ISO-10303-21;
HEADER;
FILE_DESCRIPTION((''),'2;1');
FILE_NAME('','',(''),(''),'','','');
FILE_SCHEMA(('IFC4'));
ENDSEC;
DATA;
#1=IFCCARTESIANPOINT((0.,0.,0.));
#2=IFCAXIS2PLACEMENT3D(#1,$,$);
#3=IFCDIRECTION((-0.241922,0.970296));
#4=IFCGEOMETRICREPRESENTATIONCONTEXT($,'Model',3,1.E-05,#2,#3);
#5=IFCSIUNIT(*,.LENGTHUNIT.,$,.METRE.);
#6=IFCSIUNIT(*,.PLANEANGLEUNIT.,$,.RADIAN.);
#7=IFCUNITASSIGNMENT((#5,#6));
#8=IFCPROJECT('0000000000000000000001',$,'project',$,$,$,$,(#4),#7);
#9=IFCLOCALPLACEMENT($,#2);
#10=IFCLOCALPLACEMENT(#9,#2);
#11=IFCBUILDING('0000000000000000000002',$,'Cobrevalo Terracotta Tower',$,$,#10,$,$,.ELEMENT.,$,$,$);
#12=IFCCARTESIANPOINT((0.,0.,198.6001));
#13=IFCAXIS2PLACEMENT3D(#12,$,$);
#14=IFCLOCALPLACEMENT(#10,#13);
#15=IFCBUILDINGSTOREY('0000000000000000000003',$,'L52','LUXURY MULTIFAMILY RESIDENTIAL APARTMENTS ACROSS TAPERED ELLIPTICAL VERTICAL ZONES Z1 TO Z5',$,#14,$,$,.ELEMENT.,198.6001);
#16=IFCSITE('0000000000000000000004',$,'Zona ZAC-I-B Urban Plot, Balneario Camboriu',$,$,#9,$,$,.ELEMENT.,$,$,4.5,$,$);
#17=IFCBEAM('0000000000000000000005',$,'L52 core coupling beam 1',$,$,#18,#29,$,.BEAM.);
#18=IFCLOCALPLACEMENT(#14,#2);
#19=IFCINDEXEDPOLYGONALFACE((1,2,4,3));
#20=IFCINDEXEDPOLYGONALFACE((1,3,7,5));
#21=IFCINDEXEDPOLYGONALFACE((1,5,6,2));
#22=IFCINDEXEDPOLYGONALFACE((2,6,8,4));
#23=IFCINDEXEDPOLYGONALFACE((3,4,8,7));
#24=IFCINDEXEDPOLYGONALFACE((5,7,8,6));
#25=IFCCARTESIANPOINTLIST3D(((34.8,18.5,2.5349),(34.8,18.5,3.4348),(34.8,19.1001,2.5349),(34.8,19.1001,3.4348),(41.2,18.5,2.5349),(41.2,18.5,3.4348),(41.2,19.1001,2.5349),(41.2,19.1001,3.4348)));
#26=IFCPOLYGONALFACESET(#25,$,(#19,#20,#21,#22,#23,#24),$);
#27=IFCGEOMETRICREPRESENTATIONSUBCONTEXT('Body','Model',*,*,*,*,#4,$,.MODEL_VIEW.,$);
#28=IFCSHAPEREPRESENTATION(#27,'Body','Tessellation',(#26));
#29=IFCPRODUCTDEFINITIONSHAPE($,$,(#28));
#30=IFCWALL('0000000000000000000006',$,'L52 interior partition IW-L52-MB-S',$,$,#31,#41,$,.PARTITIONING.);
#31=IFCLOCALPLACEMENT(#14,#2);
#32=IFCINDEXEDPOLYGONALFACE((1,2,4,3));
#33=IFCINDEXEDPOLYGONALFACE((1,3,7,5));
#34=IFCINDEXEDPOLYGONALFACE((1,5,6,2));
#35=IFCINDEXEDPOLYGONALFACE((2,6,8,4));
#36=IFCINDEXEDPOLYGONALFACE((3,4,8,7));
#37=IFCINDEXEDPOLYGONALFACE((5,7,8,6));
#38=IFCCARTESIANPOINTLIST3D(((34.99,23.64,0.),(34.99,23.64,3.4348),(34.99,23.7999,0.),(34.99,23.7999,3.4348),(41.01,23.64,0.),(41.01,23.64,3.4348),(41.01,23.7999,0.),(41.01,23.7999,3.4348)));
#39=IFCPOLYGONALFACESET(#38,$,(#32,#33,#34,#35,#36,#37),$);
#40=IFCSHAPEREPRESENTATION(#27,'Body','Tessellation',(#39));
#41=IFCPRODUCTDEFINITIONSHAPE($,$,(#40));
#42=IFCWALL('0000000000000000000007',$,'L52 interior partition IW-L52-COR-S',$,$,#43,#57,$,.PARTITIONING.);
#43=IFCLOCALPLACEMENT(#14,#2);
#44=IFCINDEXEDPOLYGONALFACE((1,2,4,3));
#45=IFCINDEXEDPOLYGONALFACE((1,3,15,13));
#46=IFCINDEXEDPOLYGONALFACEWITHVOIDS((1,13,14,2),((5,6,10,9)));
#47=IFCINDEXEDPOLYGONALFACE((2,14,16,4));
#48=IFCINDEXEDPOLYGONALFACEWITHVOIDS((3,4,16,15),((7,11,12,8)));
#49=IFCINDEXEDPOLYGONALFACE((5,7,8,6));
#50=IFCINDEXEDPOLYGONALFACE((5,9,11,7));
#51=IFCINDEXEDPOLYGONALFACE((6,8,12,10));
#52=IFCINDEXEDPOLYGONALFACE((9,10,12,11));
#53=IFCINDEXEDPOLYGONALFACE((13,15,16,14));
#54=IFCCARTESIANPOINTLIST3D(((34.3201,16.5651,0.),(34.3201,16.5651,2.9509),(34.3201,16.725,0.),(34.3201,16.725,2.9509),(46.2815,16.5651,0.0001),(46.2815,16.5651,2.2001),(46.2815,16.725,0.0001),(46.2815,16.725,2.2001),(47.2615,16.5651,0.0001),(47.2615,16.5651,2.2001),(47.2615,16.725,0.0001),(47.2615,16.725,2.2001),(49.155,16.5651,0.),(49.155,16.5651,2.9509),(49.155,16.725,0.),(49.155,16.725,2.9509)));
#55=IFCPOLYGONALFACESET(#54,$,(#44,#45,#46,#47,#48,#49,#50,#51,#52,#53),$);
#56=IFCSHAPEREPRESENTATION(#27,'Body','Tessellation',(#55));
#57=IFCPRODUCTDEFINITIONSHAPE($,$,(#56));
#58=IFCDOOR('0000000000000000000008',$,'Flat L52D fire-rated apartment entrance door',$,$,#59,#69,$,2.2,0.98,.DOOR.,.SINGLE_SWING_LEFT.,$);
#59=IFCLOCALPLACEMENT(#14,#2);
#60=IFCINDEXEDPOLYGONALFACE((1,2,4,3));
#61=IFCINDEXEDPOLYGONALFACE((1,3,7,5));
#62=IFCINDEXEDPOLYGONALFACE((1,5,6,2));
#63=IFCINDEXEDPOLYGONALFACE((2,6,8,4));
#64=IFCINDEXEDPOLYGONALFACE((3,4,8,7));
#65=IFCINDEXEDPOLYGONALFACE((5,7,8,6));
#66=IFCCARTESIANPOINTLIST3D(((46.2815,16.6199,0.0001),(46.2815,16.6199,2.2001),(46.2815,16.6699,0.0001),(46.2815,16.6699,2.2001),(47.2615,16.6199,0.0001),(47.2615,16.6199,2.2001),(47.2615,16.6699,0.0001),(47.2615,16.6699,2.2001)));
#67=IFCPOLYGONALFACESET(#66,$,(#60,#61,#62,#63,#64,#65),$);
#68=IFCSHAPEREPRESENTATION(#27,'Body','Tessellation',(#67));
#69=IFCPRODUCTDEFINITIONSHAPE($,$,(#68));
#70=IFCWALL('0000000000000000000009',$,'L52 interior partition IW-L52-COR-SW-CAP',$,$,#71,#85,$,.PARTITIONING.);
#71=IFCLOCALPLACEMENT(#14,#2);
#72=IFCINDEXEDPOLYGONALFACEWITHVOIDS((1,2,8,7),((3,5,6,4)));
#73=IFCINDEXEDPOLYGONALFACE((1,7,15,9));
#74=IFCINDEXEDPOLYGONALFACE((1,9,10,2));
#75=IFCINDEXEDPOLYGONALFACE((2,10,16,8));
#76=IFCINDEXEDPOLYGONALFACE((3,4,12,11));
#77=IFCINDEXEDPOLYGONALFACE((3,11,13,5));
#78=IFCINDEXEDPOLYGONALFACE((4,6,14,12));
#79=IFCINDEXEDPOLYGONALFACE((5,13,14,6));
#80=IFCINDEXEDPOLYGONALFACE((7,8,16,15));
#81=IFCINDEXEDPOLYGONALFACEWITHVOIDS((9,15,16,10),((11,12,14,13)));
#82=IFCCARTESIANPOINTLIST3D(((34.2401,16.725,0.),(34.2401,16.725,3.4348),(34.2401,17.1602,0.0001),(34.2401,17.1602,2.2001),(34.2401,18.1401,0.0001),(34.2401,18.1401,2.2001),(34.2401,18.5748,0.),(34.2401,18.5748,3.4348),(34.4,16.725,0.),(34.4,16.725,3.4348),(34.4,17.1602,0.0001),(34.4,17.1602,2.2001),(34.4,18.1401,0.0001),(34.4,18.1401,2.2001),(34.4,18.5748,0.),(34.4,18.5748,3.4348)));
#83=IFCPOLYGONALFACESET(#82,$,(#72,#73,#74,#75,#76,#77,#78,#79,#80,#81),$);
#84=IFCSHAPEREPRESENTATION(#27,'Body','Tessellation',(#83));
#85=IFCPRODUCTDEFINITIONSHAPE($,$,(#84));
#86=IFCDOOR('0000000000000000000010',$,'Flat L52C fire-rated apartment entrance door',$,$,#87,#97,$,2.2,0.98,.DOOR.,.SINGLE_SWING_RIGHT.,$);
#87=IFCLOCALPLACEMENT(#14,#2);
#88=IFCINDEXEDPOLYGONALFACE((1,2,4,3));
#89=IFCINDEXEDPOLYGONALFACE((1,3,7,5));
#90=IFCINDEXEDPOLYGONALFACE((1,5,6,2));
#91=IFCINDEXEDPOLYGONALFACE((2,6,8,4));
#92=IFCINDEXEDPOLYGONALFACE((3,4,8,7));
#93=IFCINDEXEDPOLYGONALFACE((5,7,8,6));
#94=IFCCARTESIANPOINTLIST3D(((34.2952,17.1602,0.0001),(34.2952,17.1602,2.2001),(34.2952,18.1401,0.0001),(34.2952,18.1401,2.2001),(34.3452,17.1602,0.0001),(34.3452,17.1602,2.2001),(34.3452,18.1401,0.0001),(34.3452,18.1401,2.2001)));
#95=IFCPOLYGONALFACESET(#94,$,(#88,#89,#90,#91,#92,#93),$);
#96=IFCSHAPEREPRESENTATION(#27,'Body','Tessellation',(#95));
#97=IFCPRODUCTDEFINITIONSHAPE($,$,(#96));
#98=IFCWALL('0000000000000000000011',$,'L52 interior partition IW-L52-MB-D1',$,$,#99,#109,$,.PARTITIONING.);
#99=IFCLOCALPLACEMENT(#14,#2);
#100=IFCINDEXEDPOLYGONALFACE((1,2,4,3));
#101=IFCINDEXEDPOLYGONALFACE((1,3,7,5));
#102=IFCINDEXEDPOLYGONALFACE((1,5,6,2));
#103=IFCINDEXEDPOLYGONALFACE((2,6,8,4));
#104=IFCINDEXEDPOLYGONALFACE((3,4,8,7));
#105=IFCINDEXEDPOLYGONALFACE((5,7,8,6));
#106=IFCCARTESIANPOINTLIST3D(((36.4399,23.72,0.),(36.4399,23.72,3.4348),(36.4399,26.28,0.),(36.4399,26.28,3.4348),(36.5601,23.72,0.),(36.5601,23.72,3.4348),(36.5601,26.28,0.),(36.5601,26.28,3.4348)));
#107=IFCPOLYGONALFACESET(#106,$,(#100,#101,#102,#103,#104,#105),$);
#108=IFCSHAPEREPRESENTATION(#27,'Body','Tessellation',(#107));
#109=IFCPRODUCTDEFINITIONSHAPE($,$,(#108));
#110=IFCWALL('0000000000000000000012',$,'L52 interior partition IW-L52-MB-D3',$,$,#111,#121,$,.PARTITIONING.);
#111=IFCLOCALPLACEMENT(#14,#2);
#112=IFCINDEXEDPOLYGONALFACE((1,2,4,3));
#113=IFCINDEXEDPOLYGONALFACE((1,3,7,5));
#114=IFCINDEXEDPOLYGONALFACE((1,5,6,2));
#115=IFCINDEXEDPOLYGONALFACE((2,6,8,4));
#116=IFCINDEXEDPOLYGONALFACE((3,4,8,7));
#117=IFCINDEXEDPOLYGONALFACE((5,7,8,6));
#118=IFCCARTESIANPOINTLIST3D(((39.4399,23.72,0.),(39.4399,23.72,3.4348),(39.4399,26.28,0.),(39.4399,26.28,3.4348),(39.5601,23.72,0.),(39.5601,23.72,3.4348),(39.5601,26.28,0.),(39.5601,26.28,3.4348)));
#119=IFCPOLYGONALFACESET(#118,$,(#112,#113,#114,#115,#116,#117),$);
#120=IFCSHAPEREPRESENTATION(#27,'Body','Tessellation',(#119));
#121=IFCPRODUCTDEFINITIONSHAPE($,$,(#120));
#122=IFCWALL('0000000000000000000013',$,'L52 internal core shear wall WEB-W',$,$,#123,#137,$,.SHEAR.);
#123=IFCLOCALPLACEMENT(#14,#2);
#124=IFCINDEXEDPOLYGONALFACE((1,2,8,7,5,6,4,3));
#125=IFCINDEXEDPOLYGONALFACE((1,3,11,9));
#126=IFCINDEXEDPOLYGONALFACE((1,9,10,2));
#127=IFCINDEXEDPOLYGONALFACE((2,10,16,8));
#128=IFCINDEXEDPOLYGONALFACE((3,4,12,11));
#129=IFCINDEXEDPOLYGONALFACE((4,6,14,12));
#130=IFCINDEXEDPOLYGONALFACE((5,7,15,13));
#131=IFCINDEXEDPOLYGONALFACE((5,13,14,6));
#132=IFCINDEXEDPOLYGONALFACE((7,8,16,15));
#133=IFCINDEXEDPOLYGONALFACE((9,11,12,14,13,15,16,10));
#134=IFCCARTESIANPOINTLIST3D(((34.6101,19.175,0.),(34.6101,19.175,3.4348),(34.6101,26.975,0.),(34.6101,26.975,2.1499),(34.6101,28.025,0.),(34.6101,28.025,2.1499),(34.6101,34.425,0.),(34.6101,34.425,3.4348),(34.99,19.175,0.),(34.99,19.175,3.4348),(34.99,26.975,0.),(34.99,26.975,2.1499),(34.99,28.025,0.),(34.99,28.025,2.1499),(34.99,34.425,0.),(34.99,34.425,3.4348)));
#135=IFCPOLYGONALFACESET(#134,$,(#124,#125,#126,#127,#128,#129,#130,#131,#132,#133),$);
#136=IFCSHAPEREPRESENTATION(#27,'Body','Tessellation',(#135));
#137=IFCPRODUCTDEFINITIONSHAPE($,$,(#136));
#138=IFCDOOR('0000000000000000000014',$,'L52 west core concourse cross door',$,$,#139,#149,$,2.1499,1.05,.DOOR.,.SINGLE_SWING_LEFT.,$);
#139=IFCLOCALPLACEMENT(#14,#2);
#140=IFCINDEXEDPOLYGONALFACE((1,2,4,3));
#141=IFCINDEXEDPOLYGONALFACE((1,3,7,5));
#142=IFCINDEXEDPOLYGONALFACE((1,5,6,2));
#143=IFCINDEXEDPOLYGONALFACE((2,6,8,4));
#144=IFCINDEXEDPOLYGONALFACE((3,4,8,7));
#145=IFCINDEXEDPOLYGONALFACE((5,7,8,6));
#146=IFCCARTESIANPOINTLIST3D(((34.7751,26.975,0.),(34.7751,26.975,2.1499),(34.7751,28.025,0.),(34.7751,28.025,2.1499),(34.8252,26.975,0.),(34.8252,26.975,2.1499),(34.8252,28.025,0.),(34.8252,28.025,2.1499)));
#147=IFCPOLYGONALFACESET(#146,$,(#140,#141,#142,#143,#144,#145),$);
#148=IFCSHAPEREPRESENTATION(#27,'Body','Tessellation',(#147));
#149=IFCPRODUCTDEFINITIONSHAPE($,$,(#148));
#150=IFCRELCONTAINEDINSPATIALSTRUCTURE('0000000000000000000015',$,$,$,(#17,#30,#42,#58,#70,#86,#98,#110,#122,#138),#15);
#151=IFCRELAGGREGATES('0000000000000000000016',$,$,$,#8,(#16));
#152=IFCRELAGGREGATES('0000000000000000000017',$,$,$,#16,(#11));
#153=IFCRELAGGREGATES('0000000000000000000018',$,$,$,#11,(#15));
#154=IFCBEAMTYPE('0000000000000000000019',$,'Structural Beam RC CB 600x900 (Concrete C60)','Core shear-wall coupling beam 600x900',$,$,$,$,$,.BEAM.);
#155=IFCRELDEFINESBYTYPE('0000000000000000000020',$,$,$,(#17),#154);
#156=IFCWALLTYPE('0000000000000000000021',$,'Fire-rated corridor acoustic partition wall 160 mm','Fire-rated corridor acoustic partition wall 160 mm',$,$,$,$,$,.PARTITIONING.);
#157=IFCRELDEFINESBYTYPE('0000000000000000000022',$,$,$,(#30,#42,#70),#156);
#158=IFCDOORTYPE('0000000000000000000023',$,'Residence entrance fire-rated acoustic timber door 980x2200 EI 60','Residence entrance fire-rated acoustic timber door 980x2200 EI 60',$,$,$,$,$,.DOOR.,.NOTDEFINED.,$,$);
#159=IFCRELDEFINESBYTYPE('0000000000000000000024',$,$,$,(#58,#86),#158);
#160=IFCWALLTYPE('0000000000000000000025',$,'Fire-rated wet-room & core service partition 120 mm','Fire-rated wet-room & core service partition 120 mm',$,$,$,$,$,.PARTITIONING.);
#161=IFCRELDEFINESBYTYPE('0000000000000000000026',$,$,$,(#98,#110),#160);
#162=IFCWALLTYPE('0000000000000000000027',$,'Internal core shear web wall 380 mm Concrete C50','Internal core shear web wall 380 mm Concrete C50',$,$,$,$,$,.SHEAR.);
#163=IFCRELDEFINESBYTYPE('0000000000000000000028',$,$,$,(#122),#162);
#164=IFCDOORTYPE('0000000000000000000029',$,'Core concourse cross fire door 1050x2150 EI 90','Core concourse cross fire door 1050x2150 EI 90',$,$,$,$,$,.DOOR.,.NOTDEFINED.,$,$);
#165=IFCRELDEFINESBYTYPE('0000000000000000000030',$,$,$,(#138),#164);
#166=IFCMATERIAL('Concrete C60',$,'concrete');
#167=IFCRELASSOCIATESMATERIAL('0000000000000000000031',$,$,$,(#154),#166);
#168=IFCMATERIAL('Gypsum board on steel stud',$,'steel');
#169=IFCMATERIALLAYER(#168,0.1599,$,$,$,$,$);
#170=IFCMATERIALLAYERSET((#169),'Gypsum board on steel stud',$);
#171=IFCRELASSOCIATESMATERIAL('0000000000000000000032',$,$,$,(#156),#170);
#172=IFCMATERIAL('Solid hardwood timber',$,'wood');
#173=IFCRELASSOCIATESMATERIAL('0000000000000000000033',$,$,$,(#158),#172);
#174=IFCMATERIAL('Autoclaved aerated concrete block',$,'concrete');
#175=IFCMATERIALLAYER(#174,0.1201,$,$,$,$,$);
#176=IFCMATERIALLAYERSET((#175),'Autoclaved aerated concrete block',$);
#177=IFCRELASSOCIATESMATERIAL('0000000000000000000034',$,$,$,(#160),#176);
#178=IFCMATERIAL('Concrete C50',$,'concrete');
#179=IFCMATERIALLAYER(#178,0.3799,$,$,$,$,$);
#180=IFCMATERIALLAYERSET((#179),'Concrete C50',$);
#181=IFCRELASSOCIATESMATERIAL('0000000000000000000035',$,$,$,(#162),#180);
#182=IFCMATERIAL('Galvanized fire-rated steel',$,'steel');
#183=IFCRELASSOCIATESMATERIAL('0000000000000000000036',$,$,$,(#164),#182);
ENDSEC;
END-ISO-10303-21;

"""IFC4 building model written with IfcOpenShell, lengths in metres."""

from ifc_helpers import new_model, si_unit, direction, frame, frame_2d, origin, origin_2d, place, context, subcontext, project, spatial, rectangle, extrude, source, transform, mapped, material, layer, layer_set, material_profile, profile_set, type_object, element, fill, save


model = new_model("IFC4")

# Units and contexts
model_context = context("Model", 3, precision=1e-05, world=origin(), true_north=direction((-0.241922, 0.970296)))
body_context = subcontext(model_context, "Body", "Model", "MODEL_VIEW")
ifc_project = project(units=[si_unit("LENGTHUNIT", "METRE"), si_unit("PLANEANGLEUNIT", "RADIAN")], contexts=[model_context])

# Site, building, storey
site_placement = place(None, origin())
site = spatial("IfcSite", under=ifc_project, at=site_placement, Name="Zona ZAC-I-B Urban Plot, Balneario Camboriu", CompositionType="ELEMENT", RefElevation=4.5)
building_placement = place(site_placement, origin())
building = spatial("IfcBuilding", under=site, at=building_placement, Name="Cobrevalo Terracotta Tower", CompositionType="ELEMENT")
storey_placement = place(building_placement, frame((0.0, 0.0, 198.6001)))
storey = spatial("IfcBuildingStorey", under=building, at=storey_placement, Name="L52", Description="LUXURY MULTIFAMILY RESIDENTIAL APARTMENTS ACROSS TAPERED ELLIPTICAL VERTICAL ZONES Z1 TO Z5", CompositionType="ELEMENT", Elevation=198.6001)

# Beam
ifc_material_1 = material(Name="Concrete C60", Category="concrete")
ifc_material_profile = material_profile(ifc_material_1, rectangle(XDim=0.6001, YDim=0.8999, at=origin_2d()), Name="RC CB 600x900")
ifc_profile_set = profile_set([ifc_material_profile], Name="Concrete C60")
beam_type = type_object("IfcBeamType", Name="Structural Beam RC CB 600x900 (Concrete C60)", Description="Core shear-wall coupling beam 600x900", PredefinedType="BEAM", material=ifc_profile_set)
beam_placement = place(storey_placement, frame((34.8, 18.8, 2.9849), z_axis=(1.0, 0.0, 0.0), x_axis=(0.0, 1.0, 0.0)))
element("IfcBeam", 1, at=beam_placement, inside=storey, type_object=beam_type, Name="L52 core coupling beam 1", PredefinedType="BEAM", context=body_context, shape_type="SweptSolid", body=[
    extrude(rectangle(XDim=0.6001, YDim=0.8999, at=origin_2d()), origin(), (0.0, 0.0, 1.0), 6.3999),
])

# Wall
ifc_material_2 = material(Name="Gypsum board on steel stud", Category="steel")
ifc_layer_1 = layer(ifc_material_2, 0.1599)
ifc_layer_set_1 = layer_set([ifc_layer_1], Name="Gypsum board on steel stud")
wall_type_1 = type_object("IfcWallType", Name="Fire-rated corridor acoustic partition wall 160 mm", Description="Fire-rated corridor acoustic partition wall 160 mm", PredefinedType="PARTITIONING", material=ifc_layer_set_1)
wall_1_placement = place(storey_placement, frame((34.99, 23.72, 0.0), z_axis=(0.0, 0.0, 1.0), x_axis=(1.0, 0.0, 0.0)))
element("IfcWall", 2, at=wall_1_placement, inside=storey, type_object=wall_type_1, Name="L52 interior partition IW-L52-MB-S", PredefinedType="PARTITIONING", context=body_context, shape_type="SweptSolid", body=[
    extrude(rectangle(XDim=6.02, YDim=0.1599, at=frame_2d((3.01, 0.0))), origin(), (0.0, 0.0, 1.0), 3.4348),
])

# Walls, openings, doors
wall_2_placement = place(storey_placement, frame((34.3201, 16.645, 0.0), z_axis=(0.0, 0.0, 1.0), x_axis=(1.0, 0.0, 0.0)))
wall_2 = element("IfcWall", 3, at=wall_2_placement, inside=storey, type_object=wall_type_1, Name="L52 interior partition IW-L52-COR-S", PredefinedType="PARTITIONING", context=body_context, shape_type="SweptSolid", body=[
    extrude(rectangle(XDim=14.835, YDim=0.1599, at=frame_2d((7.4175, 0.0))), origin(), (0.0, 0.0, 1.0), 2.9509),
])
opening_1_placement = place(wall_2_placement, frame((11.9614, 0.0, 0.0)))
opening_1 = element("IfcOpeningElement", 4, at=opening_1_placement, cuts=wall_2, PredefinedType="OPENING", context=body_context, shape_type="SweptSolid", body=[
    extrude(rectangle(XDim=0.98, YDim=2.2, at=frame_2d((0.49, 1.1001))), frame((0.0, 0.0898, 0.0), z_axis=(0.0, -1.0, 0.0), x_axis=(1.0, 0.0, 0.0)), (0.0, 0.0, 1.0), 0.1799),
])
ifc_material_3 = material(Name="Solid hardwood timber", Category="wood")
door_type_1 = type_object("IfcDoorType", Name="Residence entrance fire-rated acoustic timber door 980x2200 EI 60", Description="Residence entrance fire-rated acoustic timber door 980x2200 EI 60", OperationType="NOTDEFINED", PredefinedType="DOOR", material=ifc_material_3)
shared_shape_1 = source(origin(), body_context, "Body", "SweptSolid", [
    extrude(rectangle(XDim=0.98, YDim=2.2, at=frame_2d((0.49, 1.1001))), frame((0.0, 0.0249, 0.0), z_axis=(0.0, -1.0, 0.0), x_axis=(1.0, 0.0, 0.0)), (0.0, 0.0, 1.0), 0.05),
])
door_1_placement = place(opening_1_placement, origin())
door_1 = element("IfcDoor", 5, at=door_1_placement, inside=storey, type_object=door_type_1, Name="Flat L52D fire-rated apartment entrance door", OperationType="SINGLE_SWING_LEFT", OverallHeight=2.2, OverallWidth=0.98, PredefinedType="DOOR", context=body_context, shape_type="MappedRepresentation", body=[
    mapped(shared_shape_1, transform((0.0, 0.0, 0.0), scale=1.0)),
])
fill(opening_1, door_1)
wall_3_placement = place(storey_placement, frame((34.3201, 16.7251, 0.0), z_axis=(0.0, 0.0, 1.0), x_axis=(0.0, 1.0, 0.0)))
wall_3 = element("IfcWall", 6, at=wall_3_placement, inside=storey, type_object=wall_type_1, Name="L52 interior partition IW-L52-COR-SW-CAP", PredefinedType="PARTITIONING", context=body_context, shape_type="SweptSolid", body=[
    extrude(rectangle(XDim=1.8499, YDim=0.1599, at=frame_2d((0.9248, 0.0))), origin(), (0.0, 0.0, 1.0), 3.4348),
])
opening_2_placement = place(wall_3_placement, frame((0.4351, 0.0, 0.0)))
opening_2 = element("IfcOpeningElement", 7, at=opening_2_placement, cuts=wall_3, PredefinedType="OPENING", context=body_context, shape_type="SweptSolid", body=[
    extrude(rectangle(XDim=0.98, YDim=2.2, at=frame_2d((0.49, 1.1001))), frame((0.0, 0.0898, 0.0), z_axis=(0.0, -1.0, 0.0), x_axis=(1.0, 0.0, 0.0)), (0.0, 0.0, 1.0), 0.1799),
])
door_2_placement = place(opening_2_placement, origin())
door_2 = element("IfcDoor", 8, at=door_2_placement, inside=storey, type_object=door_type_1, Name="Flat L52C fire-rated apartment entrance door", OperationType="SINGLE_SWING_RIGHT", OverallHeight=2.2, OverallWidth=0.98, PredefinedType="DOOR", context=body_context, shape_type="MappedRepresentation", body=[
    mapped(shared_shape_1, transform((0.0, 0.0, 0.0), scale=1.0)),
])
fill(opening_2, door_2)

# Walls
ifc_material_4 = material(Name="Autoclaved aerated concrete block", Category="concrete")
ifc_layer_2 = layer(ifc_material_4, 0.1201)
ifc_layer_set_2 = layer_set([ifc_layer_2], Name="Autoclaved aerated concrete block")
wall_type_2 = type_object("IfcWallType", Name="Fire-rated wet-room & core service partition 120 mm", Description="Fire-rated wet-room & core service partition 120 mm", PredefinedType="PARTITIONING", material=ifc_layer_set_2)
for number, where, z_axis, x_axis, name in (
    (9, (36.5, 23.72, 0.0), (0.0, 0.0, 1.0), (0.0, 1.0, 0.0), "L52 interior partition IW-L52-MB-D1"),
    (10, (39.5, 23.72, 0.0), (0.0, 0.0, 1.0), (0.0, 1.0, 0.0), "L52 interior partition IW-L52-MB-D3"),
):
    element("IfcWall", number, at=place(storey_placement, frame(where, z_axis=z_axis, x_axis=x_axis)), inside=storey, type_object=wall_type_2, Name=name, PredefinedType="PARTITIONING", context=body_context, shape_type="SweptSolid", body=[
        extrude(rectangle(XDim=2.5601, YDim=0.1201, at=frame_2d((1.28, 0.0))), origin(), (0.0, 0.0, 1.0), 3.4348),
    ])

# Wall, opening, door
ifc_material_5 = material(Name="Concrete C50", Category="concrete")
ifc_layer_3 = layer(ifc_material_5, 0.3799)
ifc_layer_set_3 = layer_set([ifc_layer_3], Name="Concrete C50")
wall_type_3 = type_object("IfcWallType", Name="Internal core shear web wall 380 mm Concrete C50", Description="Internal core shear web wall 380 mm Concrete C50", PredefinedType="SHEAR", material=ifc_layer_set_3)
wall_4_placement = place(storey_placement, frame((34.8, 19.175, 0.0), z_axis=(0.0, 0.0, 1.0), x_axis=(0.0, 1.0, 0.0)))
wall_4 = element("IfcWall", 11, at=wall_4_placement, inside=storey, type_object=wall_type_3, Name="L52 internal core shear wall WEB-W", PredefinedType="SHEAR", context=body_context, shape_type="SweptSolid", body=[
    extrude(rectangle(XDim=15.25, YDim=0.3799, at=frame_2d((7.625, 0.0))), origin(), (0.0, 0.0, 1.0), 3.4348),
])
opening_3_placement = place(wall_4_placement, frame((7.8, 0.0, 0.0)))
opening_3 = element("IfcOpeningElement", 12, at=opening_3_placement, cuts=wall_4, PredefinedType="OPENING", context=body_context, shape_type="SweptSolid", body=[
    extrude(rectangle(XDim=1.05, YDim=2.1499, at=frame_2d((0.5249, 1.075))), frame((0.0, 0.2, 0.0), z_axis=(0.0, -1.0, 0.0), x_axis=(1.0, 0.0, 0.0)), (0.0, 0.0, 1.0), 0.3999),
])
ifc_material_6 = material(Name="Galvanized fire-rated steel", Category="steel")
door_type_2 = type_object("IfcDoorType", Name="Core concourse cross fire door 1050x2150 EI 90", Description="Core concourse cross fire door 1050x2150 EI 90", OperationType="NOTDEFINED", PredefinedType="DOOR", material=ifc_material_6)
shared_shape_2 = source(origin(), body_context, "Body", "SweptSolid", [
    extrude(rectangle(XDim=1.05, YDim=2.1499, at=frame_2d((0.5249, 1.075))), frame((0.0, 0.0249, 0.0), z_axis=(0.0, -1.0, 0.0), x_axis=(1.0, 0.0, 0.0)), (0.0, 0.0, 1.0), 0.05),
])
door_3_placement = place(opening_3_placement, origin())
door_3 = element("IfcDoor", 13, at=door_3_placement, inside=storey, type_object=door_type_2, Name="L52 west core concourse cross door", OperationType="SINGLE_SWING_LEFT", OverallHeight=2.1499, OverallWidth=1.05, PredefinedType="DOOR", context=body_context, shape_type="MappedRepresentation", body=[
    mapped(shared_shape_2, transform((0.0, 0.0, 0.0), scale=1.0)),
])
fill(opening_3, door_3)

save(model, "model.ifc")
